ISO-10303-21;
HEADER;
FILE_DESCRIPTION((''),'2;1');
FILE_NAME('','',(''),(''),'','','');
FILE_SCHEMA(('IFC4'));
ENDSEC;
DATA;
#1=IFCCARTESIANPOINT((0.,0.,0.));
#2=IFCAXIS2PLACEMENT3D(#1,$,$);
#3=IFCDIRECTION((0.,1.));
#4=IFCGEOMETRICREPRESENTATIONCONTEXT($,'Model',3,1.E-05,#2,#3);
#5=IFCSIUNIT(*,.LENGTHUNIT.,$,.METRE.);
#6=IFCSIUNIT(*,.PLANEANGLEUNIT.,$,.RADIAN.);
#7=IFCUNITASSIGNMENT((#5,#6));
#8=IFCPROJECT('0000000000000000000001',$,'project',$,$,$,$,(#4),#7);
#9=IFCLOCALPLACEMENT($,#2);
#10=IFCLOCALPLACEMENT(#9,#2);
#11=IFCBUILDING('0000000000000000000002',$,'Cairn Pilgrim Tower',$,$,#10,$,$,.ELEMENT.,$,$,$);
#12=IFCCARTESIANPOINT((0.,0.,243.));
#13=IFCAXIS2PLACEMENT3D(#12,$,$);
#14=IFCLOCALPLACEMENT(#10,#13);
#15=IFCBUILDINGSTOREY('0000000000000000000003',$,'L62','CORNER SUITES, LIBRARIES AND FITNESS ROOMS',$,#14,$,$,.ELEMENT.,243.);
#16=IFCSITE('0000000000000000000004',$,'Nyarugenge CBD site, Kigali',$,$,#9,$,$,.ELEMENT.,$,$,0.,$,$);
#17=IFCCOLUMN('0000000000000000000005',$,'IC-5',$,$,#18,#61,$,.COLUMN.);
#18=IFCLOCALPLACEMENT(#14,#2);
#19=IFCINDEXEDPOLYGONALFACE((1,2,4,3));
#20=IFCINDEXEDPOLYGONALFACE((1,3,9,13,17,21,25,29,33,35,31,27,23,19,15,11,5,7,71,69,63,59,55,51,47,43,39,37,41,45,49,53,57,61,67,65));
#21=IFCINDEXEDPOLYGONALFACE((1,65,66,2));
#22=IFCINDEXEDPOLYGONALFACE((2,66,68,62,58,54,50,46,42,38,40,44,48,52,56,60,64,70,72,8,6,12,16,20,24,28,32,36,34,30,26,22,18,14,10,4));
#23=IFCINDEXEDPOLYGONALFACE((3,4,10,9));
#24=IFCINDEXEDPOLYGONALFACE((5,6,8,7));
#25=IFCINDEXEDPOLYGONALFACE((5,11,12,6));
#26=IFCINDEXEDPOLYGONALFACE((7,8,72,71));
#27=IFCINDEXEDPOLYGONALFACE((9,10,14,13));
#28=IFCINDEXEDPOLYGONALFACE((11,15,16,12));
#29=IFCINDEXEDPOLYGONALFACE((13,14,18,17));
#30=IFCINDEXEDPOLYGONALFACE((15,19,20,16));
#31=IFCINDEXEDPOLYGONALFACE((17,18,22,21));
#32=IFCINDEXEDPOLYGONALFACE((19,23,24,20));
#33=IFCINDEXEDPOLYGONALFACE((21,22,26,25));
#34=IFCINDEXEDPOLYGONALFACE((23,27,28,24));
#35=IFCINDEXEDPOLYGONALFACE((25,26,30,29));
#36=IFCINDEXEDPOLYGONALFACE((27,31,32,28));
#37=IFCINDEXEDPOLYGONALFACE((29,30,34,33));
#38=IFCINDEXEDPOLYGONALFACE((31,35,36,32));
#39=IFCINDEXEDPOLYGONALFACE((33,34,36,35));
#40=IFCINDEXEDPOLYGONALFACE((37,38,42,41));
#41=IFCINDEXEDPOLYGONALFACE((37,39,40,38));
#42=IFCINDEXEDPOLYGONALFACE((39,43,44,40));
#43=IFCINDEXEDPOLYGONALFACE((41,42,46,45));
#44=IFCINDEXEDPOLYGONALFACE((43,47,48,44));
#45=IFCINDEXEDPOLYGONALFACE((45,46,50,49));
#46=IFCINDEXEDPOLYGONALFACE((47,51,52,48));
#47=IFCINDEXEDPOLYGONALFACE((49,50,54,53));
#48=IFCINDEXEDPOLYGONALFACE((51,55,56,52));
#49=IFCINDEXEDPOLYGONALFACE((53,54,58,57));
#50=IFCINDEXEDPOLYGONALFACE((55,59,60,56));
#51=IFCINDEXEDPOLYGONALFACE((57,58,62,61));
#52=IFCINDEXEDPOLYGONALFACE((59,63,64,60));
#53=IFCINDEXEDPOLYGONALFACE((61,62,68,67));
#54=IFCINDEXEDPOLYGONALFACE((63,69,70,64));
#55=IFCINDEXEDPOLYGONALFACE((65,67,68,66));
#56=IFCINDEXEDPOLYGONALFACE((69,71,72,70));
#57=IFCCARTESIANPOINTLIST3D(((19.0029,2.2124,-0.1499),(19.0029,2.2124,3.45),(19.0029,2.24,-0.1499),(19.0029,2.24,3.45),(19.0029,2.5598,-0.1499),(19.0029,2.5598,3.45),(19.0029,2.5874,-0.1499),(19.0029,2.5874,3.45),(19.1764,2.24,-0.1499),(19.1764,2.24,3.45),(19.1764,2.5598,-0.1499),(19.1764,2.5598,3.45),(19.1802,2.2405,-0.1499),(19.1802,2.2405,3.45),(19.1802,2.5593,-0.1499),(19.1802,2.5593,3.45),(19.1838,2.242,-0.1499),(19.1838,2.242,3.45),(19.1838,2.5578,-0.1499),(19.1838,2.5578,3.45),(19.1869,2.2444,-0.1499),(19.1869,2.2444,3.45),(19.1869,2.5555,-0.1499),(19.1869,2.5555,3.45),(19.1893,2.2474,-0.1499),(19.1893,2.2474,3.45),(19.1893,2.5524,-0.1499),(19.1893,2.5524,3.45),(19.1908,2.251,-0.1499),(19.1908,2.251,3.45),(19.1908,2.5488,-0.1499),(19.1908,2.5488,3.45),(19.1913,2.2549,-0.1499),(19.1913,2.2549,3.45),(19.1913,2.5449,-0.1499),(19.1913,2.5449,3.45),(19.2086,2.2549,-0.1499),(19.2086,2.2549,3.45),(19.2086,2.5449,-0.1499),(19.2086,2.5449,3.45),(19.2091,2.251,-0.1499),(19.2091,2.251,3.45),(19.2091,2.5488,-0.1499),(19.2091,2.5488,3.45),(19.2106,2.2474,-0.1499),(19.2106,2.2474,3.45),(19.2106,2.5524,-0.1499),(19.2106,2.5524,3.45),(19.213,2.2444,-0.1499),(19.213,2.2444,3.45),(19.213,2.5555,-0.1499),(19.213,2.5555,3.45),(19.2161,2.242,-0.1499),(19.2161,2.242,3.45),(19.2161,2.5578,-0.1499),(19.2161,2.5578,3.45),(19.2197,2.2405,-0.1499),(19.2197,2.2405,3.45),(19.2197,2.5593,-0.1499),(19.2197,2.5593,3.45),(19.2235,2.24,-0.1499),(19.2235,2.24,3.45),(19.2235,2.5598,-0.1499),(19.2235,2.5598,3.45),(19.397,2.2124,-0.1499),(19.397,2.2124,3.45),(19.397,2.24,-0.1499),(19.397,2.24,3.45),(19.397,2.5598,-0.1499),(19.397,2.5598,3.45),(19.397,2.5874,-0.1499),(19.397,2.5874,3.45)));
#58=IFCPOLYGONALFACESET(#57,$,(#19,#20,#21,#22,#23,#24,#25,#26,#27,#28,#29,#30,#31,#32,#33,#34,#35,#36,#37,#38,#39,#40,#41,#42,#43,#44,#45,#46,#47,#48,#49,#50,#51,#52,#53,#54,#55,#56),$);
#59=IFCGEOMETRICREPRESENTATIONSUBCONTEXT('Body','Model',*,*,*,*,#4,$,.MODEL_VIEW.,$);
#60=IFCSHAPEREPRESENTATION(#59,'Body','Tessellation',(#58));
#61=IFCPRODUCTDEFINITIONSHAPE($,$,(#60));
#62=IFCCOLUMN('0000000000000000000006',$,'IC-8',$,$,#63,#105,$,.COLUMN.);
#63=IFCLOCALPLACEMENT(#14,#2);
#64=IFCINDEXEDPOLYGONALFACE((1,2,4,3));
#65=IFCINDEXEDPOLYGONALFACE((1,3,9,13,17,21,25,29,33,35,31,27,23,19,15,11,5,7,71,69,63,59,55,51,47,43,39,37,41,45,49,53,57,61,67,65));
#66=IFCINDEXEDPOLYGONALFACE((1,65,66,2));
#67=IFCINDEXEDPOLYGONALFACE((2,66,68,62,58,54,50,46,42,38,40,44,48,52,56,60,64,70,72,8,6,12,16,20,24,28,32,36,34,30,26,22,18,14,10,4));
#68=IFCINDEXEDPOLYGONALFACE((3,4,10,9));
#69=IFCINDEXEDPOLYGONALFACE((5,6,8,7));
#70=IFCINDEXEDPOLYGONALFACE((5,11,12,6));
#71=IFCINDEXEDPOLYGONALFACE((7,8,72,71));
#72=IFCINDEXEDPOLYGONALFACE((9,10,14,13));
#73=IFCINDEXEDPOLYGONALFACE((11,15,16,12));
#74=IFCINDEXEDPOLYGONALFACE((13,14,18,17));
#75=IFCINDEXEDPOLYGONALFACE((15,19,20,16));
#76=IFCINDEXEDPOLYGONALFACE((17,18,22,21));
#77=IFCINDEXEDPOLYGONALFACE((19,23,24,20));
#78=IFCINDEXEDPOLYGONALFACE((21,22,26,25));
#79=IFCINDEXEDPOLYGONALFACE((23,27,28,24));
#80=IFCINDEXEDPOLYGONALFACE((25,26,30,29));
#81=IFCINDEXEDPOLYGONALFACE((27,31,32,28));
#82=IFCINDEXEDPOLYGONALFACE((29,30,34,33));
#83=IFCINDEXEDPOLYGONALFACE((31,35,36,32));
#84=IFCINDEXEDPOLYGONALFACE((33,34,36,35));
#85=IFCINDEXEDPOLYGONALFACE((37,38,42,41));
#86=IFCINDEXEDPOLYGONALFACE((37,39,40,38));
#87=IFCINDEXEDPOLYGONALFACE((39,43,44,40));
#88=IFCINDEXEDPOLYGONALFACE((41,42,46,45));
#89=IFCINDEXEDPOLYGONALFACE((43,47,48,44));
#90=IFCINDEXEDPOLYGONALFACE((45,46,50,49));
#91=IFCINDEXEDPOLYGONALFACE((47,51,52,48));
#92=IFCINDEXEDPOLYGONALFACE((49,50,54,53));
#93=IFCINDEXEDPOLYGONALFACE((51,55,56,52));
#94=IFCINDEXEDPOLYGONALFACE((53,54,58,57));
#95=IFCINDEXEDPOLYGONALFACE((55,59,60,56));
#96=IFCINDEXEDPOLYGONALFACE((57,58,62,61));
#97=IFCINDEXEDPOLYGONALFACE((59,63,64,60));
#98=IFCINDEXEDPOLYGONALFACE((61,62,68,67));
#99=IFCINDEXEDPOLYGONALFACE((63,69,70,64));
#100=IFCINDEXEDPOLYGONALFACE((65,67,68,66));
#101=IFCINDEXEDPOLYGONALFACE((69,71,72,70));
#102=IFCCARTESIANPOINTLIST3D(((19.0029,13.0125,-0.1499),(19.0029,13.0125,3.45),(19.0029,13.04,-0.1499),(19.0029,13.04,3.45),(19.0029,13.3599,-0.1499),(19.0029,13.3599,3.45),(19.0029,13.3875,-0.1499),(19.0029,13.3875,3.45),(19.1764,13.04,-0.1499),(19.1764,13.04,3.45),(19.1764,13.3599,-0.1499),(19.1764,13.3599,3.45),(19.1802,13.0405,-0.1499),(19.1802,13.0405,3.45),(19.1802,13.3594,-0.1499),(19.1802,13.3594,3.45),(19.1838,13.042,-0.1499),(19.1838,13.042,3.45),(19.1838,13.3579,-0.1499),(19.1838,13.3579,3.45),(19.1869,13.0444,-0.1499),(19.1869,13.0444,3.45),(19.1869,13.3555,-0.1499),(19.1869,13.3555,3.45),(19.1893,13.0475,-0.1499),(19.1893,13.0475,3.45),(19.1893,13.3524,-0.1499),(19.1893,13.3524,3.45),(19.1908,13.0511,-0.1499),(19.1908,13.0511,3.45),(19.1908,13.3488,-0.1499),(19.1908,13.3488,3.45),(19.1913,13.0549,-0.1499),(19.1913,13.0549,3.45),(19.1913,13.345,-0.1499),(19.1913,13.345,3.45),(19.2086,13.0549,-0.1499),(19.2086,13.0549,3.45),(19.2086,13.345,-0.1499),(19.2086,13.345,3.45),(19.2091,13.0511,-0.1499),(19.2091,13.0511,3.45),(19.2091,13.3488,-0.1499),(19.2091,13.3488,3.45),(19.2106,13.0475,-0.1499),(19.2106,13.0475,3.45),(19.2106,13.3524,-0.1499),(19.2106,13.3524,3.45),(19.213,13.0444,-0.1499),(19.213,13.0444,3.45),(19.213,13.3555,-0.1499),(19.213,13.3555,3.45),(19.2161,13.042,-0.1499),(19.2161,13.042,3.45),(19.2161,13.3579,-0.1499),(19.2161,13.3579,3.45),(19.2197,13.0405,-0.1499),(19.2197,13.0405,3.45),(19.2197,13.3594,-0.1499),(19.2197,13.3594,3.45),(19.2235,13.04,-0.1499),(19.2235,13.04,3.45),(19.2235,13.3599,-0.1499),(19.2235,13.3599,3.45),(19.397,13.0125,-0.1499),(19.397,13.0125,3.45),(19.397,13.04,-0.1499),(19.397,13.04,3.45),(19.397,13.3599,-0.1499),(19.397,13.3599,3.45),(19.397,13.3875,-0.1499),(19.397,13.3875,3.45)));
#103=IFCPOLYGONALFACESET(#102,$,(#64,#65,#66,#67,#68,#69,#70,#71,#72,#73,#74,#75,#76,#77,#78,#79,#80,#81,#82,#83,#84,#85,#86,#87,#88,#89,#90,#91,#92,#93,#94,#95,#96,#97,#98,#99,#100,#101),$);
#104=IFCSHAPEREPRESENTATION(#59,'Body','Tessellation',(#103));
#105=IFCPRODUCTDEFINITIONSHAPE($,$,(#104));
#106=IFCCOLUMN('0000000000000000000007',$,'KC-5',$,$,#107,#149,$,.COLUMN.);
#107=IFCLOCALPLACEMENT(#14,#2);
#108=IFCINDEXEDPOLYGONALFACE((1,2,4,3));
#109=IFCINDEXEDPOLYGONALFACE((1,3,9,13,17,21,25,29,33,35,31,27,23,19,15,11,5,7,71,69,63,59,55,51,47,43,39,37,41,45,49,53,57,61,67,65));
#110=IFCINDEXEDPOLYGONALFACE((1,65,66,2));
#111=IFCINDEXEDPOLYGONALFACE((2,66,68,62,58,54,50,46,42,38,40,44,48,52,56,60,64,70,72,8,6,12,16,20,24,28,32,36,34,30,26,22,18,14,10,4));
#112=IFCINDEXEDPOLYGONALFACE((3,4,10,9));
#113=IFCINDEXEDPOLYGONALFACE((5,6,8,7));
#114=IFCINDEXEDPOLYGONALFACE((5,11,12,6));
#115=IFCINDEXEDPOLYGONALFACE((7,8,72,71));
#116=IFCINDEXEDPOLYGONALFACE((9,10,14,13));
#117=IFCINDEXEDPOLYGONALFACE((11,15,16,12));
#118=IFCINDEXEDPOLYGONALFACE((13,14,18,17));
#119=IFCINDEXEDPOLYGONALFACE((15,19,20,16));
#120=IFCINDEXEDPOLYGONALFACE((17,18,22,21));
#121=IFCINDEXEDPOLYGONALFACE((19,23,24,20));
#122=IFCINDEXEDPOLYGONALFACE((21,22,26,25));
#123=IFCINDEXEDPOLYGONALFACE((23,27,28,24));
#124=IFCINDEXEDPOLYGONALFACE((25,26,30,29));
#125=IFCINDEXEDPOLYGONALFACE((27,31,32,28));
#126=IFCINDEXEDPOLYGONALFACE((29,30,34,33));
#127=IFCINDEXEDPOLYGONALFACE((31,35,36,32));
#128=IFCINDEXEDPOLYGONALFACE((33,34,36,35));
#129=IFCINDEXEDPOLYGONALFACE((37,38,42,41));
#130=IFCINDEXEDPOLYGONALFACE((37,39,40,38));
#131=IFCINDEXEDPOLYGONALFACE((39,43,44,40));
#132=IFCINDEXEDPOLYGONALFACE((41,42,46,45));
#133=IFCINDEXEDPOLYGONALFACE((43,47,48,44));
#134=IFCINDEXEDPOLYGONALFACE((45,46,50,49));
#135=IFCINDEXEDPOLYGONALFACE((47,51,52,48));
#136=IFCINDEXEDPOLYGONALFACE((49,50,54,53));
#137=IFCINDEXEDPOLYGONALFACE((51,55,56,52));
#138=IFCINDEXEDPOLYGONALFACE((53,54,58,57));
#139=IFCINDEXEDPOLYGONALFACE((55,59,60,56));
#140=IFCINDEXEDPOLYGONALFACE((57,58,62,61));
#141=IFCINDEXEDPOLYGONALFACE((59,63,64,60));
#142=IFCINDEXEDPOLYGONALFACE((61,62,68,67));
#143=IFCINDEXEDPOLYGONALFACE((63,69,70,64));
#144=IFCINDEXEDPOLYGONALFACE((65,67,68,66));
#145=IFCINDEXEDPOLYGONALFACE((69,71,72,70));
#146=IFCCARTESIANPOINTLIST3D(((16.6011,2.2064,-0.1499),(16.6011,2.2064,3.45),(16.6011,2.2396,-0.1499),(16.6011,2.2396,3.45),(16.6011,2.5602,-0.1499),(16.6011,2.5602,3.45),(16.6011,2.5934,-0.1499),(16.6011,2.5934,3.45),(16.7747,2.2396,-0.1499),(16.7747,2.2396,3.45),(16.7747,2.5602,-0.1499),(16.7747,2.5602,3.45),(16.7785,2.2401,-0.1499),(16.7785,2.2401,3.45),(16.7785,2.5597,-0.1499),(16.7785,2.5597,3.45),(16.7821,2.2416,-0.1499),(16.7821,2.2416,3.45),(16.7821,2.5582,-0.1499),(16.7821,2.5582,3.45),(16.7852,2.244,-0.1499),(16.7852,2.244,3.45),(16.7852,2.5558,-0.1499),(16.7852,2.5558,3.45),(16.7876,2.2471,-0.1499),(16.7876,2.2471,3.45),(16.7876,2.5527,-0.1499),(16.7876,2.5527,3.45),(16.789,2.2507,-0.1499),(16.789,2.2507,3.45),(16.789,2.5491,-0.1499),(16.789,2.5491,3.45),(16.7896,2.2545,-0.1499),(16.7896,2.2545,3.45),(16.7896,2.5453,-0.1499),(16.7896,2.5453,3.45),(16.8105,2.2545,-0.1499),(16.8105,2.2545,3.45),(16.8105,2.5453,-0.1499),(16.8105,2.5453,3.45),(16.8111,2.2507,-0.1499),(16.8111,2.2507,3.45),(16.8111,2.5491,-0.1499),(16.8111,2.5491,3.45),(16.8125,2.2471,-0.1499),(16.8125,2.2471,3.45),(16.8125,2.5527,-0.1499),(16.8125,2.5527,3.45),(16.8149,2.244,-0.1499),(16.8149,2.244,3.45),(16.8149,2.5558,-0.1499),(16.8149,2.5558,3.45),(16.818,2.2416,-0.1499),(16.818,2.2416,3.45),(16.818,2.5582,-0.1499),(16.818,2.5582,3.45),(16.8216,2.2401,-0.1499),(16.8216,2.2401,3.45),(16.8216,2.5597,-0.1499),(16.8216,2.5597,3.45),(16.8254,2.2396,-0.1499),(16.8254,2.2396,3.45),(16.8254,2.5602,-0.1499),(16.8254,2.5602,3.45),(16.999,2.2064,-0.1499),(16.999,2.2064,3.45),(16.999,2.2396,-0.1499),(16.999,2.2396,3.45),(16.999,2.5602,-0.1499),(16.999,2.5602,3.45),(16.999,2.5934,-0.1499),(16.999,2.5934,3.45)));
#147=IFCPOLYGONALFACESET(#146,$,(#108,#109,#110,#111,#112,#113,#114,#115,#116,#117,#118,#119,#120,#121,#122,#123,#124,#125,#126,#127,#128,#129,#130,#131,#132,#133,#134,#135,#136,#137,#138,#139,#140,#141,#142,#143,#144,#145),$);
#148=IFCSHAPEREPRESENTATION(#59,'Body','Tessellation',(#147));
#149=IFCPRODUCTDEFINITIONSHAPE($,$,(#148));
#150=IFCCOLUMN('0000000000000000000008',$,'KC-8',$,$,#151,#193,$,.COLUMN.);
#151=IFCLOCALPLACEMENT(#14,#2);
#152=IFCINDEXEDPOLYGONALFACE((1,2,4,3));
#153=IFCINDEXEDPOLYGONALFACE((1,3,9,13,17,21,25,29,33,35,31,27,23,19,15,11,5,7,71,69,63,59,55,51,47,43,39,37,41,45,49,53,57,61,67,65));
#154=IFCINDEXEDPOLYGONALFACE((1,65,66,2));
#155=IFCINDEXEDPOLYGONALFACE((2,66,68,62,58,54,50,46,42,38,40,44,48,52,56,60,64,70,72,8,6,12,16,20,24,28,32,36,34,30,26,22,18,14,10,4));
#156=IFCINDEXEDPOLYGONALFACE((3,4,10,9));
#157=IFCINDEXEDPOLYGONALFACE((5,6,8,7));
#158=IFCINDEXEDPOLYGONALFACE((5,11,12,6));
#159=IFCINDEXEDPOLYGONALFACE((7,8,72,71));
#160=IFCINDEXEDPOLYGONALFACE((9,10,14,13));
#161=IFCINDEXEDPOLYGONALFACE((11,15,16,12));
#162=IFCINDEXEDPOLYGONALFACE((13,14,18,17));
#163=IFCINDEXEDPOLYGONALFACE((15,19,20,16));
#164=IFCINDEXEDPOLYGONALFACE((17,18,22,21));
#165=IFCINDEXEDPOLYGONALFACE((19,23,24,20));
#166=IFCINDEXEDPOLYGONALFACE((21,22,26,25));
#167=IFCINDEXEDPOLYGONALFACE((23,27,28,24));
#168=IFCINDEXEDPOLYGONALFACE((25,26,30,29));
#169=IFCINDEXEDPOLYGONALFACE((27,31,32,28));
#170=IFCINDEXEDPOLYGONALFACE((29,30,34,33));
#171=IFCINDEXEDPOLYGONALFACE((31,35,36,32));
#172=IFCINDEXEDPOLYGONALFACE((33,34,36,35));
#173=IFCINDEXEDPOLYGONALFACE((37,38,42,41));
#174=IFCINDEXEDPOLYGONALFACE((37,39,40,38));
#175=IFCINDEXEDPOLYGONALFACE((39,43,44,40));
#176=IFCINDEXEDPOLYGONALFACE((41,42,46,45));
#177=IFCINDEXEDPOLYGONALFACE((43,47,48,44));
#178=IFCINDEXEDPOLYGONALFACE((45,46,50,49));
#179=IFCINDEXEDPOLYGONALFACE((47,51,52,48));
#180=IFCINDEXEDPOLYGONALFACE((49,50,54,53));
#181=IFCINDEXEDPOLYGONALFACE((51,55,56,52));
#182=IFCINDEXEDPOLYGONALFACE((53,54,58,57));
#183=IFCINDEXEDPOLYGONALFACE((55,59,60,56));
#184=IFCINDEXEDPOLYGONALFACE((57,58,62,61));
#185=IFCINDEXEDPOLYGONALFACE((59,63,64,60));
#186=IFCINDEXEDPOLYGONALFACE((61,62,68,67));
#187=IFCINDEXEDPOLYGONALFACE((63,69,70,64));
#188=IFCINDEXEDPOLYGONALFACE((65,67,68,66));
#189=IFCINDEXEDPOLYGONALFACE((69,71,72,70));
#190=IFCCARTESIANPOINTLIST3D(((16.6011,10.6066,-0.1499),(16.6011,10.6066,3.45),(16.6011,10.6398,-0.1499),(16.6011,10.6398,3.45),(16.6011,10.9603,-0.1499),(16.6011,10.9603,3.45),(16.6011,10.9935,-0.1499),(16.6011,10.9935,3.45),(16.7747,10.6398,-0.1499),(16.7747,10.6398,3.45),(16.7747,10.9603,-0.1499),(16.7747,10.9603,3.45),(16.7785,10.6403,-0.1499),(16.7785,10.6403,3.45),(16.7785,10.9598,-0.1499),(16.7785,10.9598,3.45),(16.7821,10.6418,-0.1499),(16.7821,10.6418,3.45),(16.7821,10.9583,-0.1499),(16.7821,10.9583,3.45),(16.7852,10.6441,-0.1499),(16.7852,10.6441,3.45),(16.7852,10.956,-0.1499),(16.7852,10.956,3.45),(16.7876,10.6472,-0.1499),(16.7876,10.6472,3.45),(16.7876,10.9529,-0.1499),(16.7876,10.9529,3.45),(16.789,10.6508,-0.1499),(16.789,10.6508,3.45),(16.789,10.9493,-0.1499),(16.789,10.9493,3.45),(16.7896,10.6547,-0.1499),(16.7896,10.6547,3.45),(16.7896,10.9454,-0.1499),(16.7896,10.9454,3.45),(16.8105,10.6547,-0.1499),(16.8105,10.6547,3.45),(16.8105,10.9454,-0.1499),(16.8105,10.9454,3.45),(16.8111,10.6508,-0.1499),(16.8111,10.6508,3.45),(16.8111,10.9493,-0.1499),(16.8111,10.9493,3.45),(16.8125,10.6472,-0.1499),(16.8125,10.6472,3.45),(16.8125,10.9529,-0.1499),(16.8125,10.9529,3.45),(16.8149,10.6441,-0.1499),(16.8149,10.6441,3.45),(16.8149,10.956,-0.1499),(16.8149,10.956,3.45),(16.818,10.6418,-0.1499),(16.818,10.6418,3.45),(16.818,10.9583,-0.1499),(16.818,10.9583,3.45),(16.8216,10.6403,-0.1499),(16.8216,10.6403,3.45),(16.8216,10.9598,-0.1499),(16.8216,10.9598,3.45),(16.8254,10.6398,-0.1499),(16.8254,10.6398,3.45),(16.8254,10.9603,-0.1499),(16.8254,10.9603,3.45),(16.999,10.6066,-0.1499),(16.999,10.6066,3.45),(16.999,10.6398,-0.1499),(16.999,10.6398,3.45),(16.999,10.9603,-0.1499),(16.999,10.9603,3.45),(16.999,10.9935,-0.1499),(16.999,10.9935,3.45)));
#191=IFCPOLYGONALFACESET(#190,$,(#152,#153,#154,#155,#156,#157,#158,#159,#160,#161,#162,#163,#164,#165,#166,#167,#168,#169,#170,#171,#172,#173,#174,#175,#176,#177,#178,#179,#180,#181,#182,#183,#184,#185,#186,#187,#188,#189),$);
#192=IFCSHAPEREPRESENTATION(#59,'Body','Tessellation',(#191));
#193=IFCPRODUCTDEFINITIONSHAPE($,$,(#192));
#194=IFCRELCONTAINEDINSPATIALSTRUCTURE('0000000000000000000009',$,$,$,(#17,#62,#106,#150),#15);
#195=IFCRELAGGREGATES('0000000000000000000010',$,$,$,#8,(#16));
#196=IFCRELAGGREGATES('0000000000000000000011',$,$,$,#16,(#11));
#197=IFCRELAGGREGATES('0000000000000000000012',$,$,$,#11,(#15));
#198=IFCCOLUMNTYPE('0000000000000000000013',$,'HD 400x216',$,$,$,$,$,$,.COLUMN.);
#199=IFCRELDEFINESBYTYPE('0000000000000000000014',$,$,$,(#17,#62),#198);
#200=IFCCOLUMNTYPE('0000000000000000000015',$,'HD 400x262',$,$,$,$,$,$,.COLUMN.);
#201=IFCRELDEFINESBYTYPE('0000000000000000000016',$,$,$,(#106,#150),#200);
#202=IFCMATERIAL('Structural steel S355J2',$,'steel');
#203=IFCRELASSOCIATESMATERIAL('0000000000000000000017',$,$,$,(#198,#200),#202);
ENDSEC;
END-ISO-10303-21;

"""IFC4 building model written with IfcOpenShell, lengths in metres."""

from ifc_helpers import new_model, si_unit, direction, frame, origin, origin_2d, place, context, subcontext, project, spatial, i_section, extrude, material, material_profile, profile_set, type_object, element, save


model = new_model("IFC4")

# Units and contexts
model_context = context("Model", 3, precision=1e-05, world=origin(), true_north=direction((0.0, 1.0)))
body_context = subcontext(model_context, "Body", "Model", "MODEL_VIEW")
ifc_project = project(units=[si_unit("LENGTHUNIT", "METRE"), si_unit("PLANEANGLEUNIT", "RADIAN")], contexts=[model_context])

# Site, building, storey
site_placement = place(None, origin())
site = spatial("IfcSite", under=ifc_project, at=site_placement, Name="Nyarugenge CBD site, Kigali", CompositionType="ELEMENT", RefElevation=0.0)
building_placement = place(site_placement, origin())
building = spatial("IfcBuilding", under=site, at=building_placement, Name="Cairn Pilgrim Tower", CompositionType="ELEMENT")
storey_placement = place(building_placement, frame((0.0, 0.0, 243.0)))
storey = spatial("IfcBuildingStorey", under=building, at=storey_placement, Name="L62", Description="CORNER SUITES, LIBRARIES AND FITNESS ROOMS", CompositionType="ELEMENT", Elevation=243.0)

# Columns
ifc_material_1 = material(Name="Structural steel S355J2", Category="steel")
ifc_material_profile_1 = material_profile(ifc_material_1, i_section(OverallWidth=0.394, OverallDepth=0.375, WebThickness=0.0173, FlangeThickness=0.0276, FilletRadius=0.0149, at=origin_2d()), Name="HD 400x216")
ifc_profile_set_1 = profile_set([ifc_material_profile_1], Name="Structural steel S355J2")
column_type_1 = type_object("IfcColumnType", Name="HD 400x216", PredefinedType="COLUMN", material=ifc_profile_set_1)
for number, where, z_axis, x_axis, name in (
    (1, (19.2, 2.3999, -0.1499), (0.0, 0.0, 1.0), (1.0, 0.0, 0.0), "IC-5"),
    (2, (19.2, 13.2, -0.1499), (0.0, 0.0, 1.0), (1.0, 0.0, 0.0), "IC-8"),
):
    element("IfcColumn", number, at=place(storey_placement, frame(where, z_axis=z_axis, x_axis=x_axis)), inside=storey, type_object=column_type_1, Name=name, PredefinedType="COLUMN", context=body_context, shape_type="SweptSolid", body=[
        extrude(i_section(OverallWidth=0.394, OverallDepth=0.375, WebThickness=0.0173, FlangeThickness=0.0276, FilletRadius=0.0149, at=origin_2d()), origin(), (0.0, 0.0, 1.0), 3.5999),
    ])
ifc_material_profile_2 = material_profile(ifc_material_1, i_section(OverallWidth=0.3979, OverallDepth=0.387, WebThickness=0.021, FlangeThickness=0.0332, FilletRadius=0.0149, at=origin_2d()), Name="HD 400x262")
ifc_profile_set_2 = profile_set([ifc_material_profile_2], Name="Structural steel S355J2")
column_type_2 = type_object("IfcColumnType", Name="HD 400x262", PredefinedType="COLUMN", material=ifc_profile_set_2)
for number, where, z_axis, x_axis, name in (
    (3, (16.8, 2.3999, -0.1499), (0.0, 0.0, 1.0), (1.0, 0.0, 0.0), "KC-5"),
    (4, (16.8, 10.8, -0.1499), (0.0, 0.0, 1.0), (1.0, 0.0, 0.0), "KC-8"),
):
    element("IfcColumn", number, at=place(storey_placement, frame(where, z_axis=z_axis, x_axis=x_axis)), inside=storey, type_object=column_type_2, Name=name, PredefinedType="COLUMN", context=body_context, shape_type="SweptSolid", body=[
        extrude(i_section(OverallWidth=0.3979, OverallDepth=0.387, WebThickness=0.021, FlangeThickness=0.0332, FilletRadius=0.0149, at=origin_2d()), origin(), (0.0, 0.0, 1.0), 3.5999),
    ])

save(model, "model.ifc")
